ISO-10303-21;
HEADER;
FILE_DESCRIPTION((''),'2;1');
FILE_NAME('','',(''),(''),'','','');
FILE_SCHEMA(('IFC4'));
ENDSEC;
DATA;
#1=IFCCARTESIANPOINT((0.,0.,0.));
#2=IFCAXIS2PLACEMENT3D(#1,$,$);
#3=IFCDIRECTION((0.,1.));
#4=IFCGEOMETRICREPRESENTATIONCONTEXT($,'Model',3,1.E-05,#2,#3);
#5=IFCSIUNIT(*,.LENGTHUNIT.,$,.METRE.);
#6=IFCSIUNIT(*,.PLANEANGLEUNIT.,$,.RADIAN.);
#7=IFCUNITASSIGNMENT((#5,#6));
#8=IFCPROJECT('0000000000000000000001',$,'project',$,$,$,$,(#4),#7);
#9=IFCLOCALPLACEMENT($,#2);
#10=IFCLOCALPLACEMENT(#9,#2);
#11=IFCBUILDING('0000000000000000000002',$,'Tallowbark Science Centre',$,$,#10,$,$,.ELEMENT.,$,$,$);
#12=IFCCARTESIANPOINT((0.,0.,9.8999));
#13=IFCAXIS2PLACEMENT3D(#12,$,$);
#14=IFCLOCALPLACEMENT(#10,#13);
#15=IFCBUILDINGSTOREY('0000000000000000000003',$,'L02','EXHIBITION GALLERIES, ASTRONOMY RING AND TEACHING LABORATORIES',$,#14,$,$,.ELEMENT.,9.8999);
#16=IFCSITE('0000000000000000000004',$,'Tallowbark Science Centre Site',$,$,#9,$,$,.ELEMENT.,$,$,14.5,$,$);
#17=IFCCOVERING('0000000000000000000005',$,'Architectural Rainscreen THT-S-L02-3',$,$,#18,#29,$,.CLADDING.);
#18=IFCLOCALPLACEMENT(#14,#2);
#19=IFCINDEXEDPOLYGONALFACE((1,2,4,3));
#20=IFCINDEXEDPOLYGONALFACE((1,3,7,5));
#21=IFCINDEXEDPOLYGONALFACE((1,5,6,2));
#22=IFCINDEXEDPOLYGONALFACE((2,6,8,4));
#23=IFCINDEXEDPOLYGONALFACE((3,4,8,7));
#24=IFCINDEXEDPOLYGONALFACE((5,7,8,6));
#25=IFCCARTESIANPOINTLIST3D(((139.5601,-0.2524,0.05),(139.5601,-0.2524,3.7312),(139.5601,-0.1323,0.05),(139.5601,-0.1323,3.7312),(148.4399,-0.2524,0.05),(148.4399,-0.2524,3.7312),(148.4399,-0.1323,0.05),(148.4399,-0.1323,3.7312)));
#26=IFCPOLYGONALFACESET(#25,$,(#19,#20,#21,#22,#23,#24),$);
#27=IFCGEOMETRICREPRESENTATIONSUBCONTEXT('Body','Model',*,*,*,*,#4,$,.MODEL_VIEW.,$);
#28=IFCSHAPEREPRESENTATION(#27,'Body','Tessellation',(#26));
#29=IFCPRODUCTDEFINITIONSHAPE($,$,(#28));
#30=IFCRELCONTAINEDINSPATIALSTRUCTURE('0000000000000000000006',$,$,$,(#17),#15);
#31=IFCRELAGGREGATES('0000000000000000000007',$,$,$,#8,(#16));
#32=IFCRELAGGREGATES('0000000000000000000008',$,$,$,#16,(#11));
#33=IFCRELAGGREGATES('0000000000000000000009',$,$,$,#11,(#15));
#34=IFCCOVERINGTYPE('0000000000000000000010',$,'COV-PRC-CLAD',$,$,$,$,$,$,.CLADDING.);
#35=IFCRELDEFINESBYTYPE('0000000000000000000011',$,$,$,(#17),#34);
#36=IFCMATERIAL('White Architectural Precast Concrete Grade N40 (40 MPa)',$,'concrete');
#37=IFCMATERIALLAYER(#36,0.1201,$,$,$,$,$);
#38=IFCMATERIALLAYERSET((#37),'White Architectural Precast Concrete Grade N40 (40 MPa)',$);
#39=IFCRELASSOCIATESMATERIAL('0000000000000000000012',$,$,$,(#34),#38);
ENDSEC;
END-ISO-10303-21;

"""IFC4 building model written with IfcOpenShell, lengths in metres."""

from ifc_helpers import new_model, si_unit, direction, frame, origin, origin_2d, place, context, subcontext, project, spatial, rectangle, extrude, material, layer, layer_set, type_object, element, save


model = new_model("IFC4")

# Units and contexts
model_context = context("Model", 3, precision=1e-05, world=origin(), true_north=direction((0.0, 1.0)))
body_context = subcontext(model_context, "Body", "Model", "MODEL_VIEW")
ifc_project = project(units=[si_unit("LENGTHUNIT", "METRE"), si_unit("PLANEANGLEUNIT", "RADIAN")], contexts=[model_context])

# Site, building, storey
site_placement = place(None, origin())
site = spatial("IfcSite", under=ifc_project, at=site_placement, Name="Tallowbark Science Centre Site", CompositionType="ELEMENT", RefElevation=14.5)
building_placement = place(site_placement, origin())
building = spatial("IfcBuilding", under=site, at=building_placement, Name="Tallowbark Science Centre", CompositionType="ELEMENT")
storey_placement = place(building_placement, frame((0.0, 0.0, 9.8999)))
storey = spatial("IfcBuildingStorey", under=building, at=storey_placement, Name="L02", Description="EXHIBITION GALLERIES, ASTRONOMY RING AND TEACHING LABORATORIES", CompositionType="ELEMENT", Elevation=9.8999)

# Covering
ifc_material_1 = material(Name="White Architectural Precast Concrete Grade N40 (40 MPa)", Category="concrete")
ifc_layer_1 = layer(ifc_material_1, 0.1201)
ifc_layer_set_1 = layer_set([ifc_layer_1], Name="White Architectural Precast Concrete Grade N40 (40 MPa)")
covering_type = type_object("IfcCoveringType", Name="COV-PRC-CLAD", PredefinedType="CLADDING", material=ifc_layer_set_1)
for number, where, z_axis, x_axis, name in (
    (1, (144.0, -0.1924, 0.05), (0.0, 0.0, 1.0), (1.0, 0.0, 0.0), "Architectural Rainscreen THT-S-L02-3"),
):
    element("IfcCovering", number, at=place(storey_placement, frame(where, z_axis=z_axis, x_axis=x_axis)), inside=storey, type_object=covering_type, Name=name, PredefinedType="CLADDING", context=body_context, shape_type="SweptSolid", body=[
        extrude(rectangle(XDim=8.8799, YDim=0.1201, at=origin_2d()), origin(), (0.0, 0.0, 1.0), 3.6812),
    ])

save(model, "model.ifc")
